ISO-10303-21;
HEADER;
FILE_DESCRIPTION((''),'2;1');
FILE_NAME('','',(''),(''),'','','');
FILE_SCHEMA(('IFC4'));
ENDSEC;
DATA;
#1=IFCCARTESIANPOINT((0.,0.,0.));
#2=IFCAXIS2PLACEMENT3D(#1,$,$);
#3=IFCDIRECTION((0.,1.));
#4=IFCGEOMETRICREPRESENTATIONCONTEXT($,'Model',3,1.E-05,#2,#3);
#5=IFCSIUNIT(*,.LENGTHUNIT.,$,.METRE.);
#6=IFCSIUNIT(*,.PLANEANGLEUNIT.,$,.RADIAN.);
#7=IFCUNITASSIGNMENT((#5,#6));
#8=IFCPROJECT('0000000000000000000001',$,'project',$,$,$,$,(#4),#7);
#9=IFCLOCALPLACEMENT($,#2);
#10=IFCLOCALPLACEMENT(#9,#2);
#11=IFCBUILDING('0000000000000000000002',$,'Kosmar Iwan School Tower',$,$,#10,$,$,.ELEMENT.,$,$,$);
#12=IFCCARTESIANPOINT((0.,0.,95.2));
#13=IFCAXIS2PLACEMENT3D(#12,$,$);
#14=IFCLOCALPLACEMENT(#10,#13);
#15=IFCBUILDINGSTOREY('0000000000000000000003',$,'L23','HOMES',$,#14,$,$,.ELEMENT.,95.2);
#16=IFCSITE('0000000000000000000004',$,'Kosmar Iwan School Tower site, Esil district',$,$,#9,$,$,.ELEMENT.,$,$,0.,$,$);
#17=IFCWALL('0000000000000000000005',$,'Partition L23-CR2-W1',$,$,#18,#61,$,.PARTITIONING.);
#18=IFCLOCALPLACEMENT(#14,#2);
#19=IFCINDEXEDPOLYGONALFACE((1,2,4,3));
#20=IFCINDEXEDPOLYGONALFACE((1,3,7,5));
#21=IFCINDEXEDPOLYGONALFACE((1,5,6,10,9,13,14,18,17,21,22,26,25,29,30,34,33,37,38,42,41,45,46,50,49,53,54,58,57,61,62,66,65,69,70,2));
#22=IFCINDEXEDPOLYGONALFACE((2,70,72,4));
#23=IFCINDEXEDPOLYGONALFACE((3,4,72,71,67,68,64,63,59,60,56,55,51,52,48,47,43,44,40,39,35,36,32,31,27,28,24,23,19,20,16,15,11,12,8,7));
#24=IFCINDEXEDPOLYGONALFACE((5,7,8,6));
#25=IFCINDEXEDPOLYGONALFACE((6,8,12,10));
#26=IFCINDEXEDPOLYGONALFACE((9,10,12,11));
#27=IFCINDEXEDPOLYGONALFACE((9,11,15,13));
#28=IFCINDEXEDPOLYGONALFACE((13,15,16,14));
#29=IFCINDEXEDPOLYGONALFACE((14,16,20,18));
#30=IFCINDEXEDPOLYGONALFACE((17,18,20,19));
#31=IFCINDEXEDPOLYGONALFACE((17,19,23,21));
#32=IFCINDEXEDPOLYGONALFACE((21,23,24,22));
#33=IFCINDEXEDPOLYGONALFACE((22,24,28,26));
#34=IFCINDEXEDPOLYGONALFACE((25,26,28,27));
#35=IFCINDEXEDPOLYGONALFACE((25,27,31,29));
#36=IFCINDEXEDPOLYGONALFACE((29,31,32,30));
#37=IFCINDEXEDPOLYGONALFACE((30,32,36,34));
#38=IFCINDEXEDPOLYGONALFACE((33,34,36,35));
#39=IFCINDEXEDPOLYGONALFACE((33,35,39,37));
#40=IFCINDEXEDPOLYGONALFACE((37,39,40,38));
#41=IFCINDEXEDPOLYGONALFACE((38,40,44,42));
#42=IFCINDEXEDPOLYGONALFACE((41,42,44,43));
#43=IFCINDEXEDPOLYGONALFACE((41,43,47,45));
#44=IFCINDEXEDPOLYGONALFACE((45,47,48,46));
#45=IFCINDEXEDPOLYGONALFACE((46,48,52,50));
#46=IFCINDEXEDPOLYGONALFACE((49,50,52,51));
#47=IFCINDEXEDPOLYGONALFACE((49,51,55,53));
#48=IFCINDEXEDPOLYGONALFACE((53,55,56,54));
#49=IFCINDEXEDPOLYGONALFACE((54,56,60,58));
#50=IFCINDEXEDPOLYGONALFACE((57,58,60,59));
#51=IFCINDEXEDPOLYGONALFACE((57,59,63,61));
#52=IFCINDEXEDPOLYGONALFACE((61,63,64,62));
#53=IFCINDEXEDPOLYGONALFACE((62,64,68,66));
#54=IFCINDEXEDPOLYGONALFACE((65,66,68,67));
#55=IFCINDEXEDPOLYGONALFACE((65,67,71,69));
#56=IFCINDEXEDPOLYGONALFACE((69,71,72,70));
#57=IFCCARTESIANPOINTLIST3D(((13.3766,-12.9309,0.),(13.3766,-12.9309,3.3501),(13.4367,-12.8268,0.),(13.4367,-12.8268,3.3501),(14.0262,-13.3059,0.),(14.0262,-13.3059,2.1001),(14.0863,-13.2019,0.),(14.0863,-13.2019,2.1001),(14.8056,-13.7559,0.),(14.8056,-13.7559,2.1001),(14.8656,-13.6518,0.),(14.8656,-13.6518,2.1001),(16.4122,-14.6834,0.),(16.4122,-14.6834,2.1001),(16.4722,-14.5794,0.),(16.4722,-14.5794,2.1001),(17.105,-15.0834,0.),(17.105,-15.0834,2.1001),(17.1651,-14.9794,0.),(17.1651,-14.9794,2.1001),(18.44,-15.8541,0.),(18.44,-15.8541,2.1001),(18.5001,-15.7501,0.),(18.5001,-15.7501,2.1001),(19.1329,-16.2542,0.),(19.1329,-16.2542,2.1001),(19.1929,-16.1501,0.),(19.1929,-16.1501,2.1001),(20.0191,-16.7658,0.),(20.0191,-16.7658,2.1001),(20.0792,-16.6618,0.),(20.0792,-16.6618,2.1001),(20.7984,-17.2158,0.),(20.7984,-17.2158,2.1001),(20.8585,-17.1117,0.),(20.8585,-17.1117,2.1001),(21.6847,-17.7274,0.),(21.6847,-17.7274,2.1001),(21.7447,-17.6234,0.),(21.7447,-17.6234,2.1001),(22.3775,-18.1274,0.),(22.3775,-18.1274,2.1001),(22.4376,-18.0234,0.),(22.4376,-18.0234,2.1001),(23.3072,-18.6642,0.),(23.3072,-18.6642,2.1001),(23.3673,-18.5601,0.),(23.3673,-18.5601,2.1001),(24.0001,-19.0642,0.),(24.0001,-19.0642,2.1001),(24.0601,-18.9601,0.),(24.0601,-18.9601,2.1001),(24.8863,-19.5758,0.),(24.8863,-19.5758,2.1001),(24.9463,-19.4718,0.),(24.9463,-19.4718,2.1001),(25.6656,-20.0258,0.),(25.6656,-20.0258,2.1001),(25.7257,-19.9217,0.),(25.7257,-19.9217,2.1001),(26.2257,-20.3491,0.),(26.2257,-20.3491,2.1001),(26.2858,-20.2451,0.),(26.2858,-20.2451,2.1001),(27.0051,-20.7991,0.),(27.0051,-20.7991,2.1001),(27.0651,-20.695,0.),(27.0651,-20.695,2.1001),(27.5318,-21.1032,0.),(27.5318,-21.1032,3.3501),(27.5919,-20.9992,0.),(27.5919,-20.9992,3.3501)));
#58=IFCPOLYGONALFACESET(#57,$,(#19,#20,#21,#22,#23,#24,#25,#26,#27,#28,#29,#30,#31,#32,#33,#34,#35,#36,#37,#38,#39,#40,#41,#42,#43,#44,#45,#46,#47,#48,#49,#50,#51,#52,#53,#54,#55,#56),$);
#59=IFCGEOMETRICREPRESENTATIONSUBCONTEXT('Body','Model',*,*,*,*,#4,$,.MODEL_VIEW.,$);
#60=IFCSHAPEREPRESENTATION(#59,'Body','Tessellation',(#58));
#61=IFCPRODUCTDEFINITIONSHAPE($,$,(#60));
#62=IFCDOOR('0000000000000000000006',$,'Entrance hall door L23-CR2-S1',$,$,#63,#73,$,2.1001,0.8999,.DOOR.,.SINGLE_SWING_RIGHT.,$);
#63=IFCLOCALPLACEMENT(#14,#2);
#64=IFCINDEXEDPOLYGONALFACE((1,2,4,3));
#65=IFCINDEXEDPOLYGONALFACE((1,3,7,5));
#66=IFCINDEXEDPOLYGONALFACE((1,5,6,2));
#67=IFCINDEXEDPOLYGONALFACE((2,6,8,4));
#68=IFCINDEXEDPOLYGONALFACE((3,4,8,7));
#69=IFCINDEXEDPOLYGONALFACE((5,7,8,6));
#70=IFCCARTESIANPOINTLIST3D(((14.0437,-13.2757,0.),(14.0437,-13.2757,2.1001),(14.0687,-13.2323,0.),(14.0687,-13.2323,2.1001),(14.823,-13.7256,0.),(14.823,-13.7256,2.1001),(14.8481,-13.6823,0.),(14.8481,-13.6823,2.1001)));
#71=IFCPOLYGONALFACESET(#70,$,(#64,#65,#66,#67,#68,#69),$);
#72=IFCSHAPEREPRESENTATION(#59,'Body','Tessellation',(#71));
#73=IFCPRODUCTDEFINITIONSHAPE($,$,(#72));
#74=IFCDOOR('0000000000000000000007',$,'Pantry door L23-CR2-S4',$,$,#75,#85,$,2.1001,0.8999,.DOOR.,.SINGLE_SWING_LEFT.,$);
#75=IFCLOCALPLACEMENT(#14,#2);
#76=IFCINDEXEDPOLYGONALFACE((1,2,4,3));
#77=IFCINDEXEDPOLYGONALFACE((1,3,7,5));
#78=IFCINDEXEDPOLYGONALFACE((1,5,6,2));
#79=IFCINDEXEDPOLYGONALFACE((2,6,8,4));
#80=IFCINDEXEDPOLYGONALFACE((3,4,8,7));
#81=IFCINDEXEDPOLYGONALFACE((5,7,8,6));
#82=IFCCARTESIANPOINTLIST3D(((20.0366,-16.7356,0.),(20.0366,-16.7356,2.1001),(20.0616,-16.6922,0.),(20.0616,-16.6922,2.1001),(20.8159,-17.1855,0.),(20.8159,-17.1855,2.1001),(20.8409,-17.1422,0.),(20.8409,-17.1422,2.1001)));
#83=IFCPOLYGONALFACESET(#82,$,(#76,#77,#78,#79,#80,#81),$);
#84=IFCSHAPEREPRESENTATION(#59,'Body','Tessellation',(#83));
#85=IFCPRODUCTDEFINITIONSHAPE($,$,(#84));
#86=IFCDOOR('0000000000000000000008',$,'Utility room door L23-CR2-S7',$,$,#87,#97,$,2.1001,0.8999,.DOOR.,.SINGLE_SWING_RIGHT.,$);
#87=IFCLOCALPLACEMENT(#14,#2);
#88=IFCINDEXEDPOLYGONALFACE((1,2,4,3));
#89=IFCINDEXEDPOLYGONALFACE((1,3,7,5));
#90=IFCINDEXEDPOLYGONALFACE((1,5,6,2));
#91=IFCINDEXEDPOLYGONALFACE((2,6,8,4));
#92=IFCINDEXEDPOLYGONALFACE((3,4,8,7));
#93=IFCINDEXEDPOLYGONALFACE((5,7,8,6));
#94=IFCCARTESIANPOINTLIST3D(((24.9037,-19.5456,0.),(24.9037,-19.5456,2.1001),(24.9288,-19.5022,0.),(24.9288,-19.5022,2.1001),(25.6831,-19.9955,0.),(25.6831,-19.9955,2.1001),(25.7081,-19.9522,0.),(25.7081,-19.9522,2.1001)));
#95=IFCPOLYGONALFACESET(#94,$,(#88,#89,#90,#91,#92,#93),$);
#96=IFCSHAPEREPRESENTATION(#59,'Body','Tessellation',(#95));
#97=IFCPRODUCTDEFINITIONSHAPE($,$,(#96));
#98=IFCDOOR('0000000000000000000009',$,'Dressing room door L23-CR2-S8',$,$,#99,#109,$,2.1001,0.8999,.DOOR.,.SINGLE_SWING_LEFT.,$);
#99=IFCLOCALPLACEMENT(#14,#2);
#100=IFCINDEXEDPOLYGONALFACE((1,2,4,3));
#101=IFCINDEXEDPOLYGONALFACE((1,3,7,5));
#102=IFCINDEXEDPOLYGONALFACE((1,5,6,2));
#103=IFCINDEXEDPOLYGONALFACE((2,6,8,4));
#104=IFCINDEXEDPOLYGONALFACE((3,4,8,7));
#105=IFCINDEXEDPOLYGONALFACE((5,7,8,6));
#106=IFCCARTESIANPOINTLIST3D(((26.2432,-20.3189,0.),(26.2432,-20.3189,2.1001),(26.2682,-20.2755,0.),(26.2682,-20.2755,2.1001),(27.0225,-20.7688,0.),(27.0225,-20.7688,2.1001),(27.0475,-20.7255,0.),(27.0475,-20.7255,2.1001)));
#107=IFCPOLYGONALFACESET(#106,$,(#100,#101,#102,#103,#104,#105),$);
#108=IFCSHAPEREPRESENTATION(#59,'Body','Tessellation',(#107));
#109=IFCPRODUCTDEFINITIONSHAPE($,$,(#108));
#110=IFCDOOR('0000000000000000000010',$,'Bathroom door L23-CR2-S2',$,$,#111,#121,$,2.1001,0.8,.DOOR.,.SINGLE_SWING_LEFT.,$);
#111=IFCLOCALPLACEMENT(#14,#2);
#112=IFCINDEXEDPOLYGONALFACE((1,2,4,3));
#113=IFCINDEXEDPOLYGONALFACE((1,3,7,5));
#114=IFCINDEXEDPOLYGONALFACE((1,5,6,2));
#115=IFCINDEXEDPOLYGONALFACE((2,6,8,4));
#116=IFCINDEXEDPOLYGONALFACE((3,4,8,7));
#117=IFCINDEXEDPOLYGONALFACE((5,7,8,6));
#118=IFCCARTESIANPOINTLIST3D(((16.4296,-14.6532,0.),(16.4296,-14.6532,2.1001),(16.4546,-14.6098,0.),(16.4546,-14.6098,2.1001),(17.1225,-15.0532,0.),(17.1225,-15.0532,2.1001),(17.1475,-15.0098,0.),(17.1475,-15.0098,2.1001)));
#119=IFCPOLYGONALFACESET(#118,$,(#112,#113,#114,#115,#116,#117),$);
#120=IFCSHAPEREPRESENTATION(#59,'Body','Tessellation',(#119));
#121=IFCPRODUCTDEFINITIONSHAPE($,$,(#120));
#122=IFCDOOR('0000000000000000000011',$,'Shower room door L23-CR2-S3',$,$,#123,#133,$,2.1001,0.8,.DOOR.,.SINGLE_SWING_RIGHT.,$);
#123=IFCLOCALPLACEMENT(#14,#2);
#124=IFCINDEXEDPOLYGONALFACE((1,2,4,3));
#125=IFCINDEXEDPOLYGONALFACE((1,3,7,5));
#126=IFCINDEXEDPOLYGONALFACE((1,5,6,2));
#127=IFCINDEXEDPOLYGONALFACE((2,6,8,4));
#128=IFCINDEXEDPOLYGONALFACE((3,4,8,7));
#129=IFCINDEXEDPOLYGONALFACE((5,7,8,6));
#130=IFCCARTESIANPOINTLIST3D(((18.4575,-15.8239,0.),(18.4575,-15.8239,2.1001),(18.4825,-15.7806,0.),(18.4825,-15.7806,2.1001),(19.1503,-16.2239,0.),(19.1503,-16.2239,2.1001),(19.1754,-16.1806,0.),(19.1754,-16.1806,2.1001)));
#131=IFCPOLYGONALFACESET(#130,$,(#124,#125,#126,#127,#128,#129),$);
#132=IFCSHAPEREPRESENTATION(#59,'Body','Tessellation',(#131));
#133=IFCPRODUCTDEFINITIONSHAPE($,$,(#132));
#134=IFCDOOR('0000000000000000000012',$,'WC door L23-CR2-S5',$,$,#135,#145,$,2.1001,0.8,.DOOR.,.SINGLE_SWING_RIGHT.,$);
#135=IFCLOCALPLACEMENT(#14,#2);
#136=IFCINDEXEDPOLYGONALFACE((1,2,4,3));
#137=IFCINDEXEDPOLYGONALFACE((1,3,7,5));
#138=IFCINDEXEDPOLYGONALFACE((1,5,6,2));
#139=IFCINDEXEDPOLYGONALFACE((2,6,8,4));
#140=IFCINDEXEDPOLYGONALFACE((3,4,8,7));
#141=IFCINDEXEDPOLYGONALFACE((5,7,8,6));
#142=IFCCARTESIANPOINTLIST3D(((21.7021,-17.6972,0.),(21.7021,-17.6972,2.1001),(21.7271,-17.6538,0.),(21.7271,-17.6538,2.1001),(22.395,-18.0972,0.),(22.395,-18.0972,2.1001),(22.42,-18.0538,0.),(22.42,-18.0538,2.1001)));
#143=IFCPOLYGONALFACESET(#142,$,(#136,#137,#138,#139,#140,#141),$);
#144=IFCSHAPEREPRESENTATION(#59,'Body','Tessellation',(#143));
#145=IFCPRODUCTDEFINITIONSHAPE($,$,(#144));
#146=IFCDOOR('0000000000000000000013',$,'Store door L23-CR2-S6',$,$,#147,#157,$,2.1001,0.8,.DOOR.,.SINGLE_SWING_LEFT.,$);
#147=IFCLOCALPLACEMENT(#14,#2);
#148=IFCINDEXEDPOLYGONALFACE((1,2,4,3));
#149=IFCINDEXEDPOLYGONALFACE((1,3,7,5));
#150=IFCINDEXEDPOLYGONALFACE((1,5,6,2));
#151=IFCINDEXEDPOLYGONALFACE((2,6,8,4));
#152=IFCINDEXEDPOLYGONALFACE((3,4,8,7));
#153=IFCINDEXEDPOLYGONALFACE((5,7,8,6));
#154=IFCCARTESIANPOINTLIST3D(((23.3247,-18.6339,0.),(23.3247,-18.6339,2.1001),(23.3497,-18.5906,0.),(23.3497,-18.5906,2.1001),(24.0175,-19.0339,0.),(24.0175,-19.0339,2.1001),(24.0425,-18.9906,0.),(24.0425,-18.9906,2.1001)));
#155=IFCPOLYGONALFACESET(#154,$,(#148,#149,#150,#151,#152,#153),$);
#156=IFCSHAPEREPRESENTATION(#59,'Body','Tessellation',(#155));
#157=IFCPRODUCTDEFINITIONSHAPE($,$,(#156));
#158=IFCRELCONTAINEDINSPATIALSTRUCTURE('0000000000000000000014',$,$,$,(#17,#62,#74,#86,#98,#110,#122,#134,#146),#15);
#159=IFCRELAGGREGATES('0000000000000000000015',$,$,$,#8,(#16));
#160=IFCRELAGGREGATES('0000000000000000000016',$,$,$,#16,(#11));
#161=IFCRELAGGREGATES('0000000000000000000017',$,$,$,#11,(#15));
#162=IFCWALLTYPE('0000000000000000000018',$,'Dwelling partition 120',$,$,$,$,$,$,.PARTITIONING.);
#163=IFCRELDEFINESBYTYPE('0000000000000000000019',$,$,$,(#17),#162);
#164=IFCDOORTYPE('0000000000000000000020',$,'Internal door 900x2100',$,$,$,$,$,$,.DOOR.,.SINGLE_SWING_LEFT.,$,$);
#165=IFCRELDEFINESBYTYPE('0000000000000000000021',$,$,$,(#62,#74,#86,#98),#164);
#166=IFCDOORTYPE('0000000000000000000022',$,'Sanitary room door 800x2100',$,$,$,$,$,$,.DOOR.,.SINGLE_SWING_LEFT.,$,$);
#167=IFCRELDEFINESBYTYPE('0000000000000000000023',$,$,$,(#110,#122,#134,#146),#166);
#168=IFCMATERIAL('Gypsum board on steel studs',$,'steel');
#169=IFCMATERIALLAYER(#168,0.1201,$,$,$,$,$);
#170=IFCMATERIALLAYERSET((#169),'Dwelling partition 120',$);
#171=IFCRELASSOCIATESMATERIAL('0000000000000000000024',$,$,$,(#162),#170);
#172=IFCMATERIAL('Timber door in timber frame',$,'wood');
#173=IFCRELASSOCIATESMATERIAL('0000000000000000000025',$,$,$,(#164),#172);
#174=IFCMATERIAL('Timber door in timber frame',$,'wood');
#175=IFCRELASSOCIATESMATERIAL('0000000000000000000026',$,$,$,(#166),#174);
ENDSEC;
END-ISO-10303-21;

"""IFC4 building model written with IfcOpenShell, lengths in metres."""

from ifc_helpers import new_model, si_unit, direction, frame, frame_2d, origin, place, context, subcontext, project, spatial, rectangle, extrude, material, layer, layer_set, type_object, element, fill, save


model = new_model("IFC4")

# Units and contexts
model_context = context("Model", 3, precision=1e-05, world=origin(), true_north=direction((0.0, 1.0)))
body_context = subcontext(model_context, "Body", "Model", "MODEL_VIEW")
ifc_project = project(units=[si_unit("LENGTHUNIT", "METRE"), si_unit("PLANEANGLEUNIT", "RADIAN")], contexts=[model_context])

# Site, building, storey
site_placement = place(None, origin())
site = spatial("IfcSite", under=ifc_project, at=site_placement, Name="Kosmar Iwan School Tower site, Esil district", CompositionType="ELEMENT", RefElevation=0.0)
building_placement = place(site_placement, origin())
building = spatial("IfcBuilding", under=site, at=building_placement, Name="Kosmar Iwan School Tower", CompositionType="ELEMENT")
storey_placement = place(building_placement, frame((0.0, 0.0, 95.2)))
storey = spatial("IfcBuildingStorey", under=building, at=storey_placement, Name="L23", Description="HOMES", CompositionType="ELEMENT", Elevation=95.2)

# Shared definitions
ifc_material_1 = material(Name="Gypsum board on steel studs", Category="steel")
ifc_layer = layer(ifc_material_1, 0.1201)
ifc_layer_set = layer_set([ifc_layer], Name="Dwelling partition 120")
wall_type = type_object("IfcWallType", Name="Dwelling partition 120", PredefinedType="PARTITIONING", material=ifc_layer_set)

# Wall, openings, doors
wall_1_placement = place(storey_placement, frame((13.4067, -12.8789, 0.0), z_axis=(0.0, 0.0, 1.0), x_axis=(0.86603, -0.499991, 0.0)))
wall_1 = element("IfcWall", 1, at=wall_1_placement, inside=storey, type_object=wall_type, Name="Partition L23-CR2-W1", PredefinedType="PARTITIONING", context=body_context, shape_type="SweptSolid", body=[
    extrude(rectangle(XDim=16.345, YDim=0.1201, at=frame_2d((8.1724, 0.0))), origin(), (0.0, 0.0, 1.0), 3.3501),
])
opening_1_placement = place(wall_1_placement, frame((0.75, 0.0, 0.0)))
opening_1 = element("IfcOpeningElement", 2, at=opening_1_placement, cuts=wall_1, PredefinedType="OPENING", context=body_context, shape_type="SweptSolid", body=[
    extrude(rectangle(XDim=0.8999, YDim=2.1001, at=frame_2d((0.45, 1.05))), frame((0.0, 0.072, 0.0), z_axis=(0.0, -1.0, 0.0), x_axis=(1.0, 0.0, 0.0)), (0.0, 0.0, 1.0), 0.144),
])
opening_2_placement = place(wall_1_placement, frame((3.5051, 0.0, 0.0)))
opening_2 = element("IfcOpeningElement", 3, at=opening_2_placement, cuts=wall_1, PredefinedType="OPENING", context=body_context, shape_type="SweptSolid", body=[
    extrude(rectangle(XDim=0.8, YDim=2.1001, at=frame_2d((0.3999, 1.05))), frame((0.0, 0.072, 0.0), z_axis=(0.0, -1.0, 0.0), x_axis=(1.0, 0.0, 0.0)), (0.0, 0.0, 1.0), 0.144),
])
opening_3_placement = place(wall_1_placement, frame((5.8467, 0.0, 0.0)))
opening_3 = element("IfcOpeningElement", 4, at=opening_3_placement, cuts=wall_1, PredefinedType="OPENING", context=body_context, shape_type="SweptSolid", body=[
    extrude(rectangle(XDim=0.8, YDim=2.1001, at=frame_2d((0.3999, 1.05))), frame((0.0, 0.072, 0.0), z_axis=(0.0, -1.0, 0.0), x_axis=(1.0, 0.0, 0.0)), (0.0, 0.0, 1.0), 0.144),
])
opening_4_placement = place(wall_1_placement, frame((7.6699, 0.0, 0.0)))
opening_4 = element("IfcOpeningElement", 5, at=opening_4_placement, cuts=wall_1, PredefinedType="OPENING", context=body_context, shape_type="SweptSolid", body=[
    extrude(rectangle(XDim=0.8999, YDim=2.1001, at=frame_2d((0.45, 1.05))), frame((0.0, 0.072, 0.0), z_axis=(0.0, -1.0, 0.0), x_axis=(1.0, 0.0, 0.0)), (0.0, 0.0, 1.0), 0.144),
])
opening_5_placement = place(wall_1_placement, frame((9.5933, 0.0, 0.0)))
opening_5 = element("IfcOpeningElement", 6, at=opening_5_placement, cuts=wall_1, PredefinedType="OPENING", context=body_context, shape_type="SweptSolid", body=[
    extrude(rectangle(XDim=0.8, YDim=2.1001, at=frame_2d((0.3999, 1.05))), frame((0.0, 0.072, 0.0), z_axis=(0.0, -1.0, 0.0), x_axis=(1.0, 0.0, 0.0)), (0.0, 0.0, 1.0), 0.144),
])
opening_6_placement = place(wall_1_placement, frame((11.4668, 0.0, 0.0)))
opening_6 = element("IfcOpeningElement", 7, at=opening_6_placement, cuts=wall_1, PredefinedType="OPENING", context=body_context, shape_type="SweptSolid", body=[
    extrude(rectangle(XDim=0.8, YDim=2.1001, at=frame_2d((0.3999, 1.05))), frame((0.0, 0.072, 0.0), z_axis=(0.0, -1.0, 0.0), x_axis=(1.0, 0.0, 0.0)), (0.0, 0.0, 1.0), 0.144),
])
opening_7_placement = place(wall_1_placement, frame((13.29, 0.0, 0.0)))
opening_7 = element("IfcOpeningElement", 8, at=opening_7_placement, cuts=wall_1, PredefinedType="OPENING", context=body_context, shape_type="SweptSolid", body=[
    extrude(rectangle(XDim=0.8999, YDim=2.1001, at=frame_2d((0.45, 1.05))), frame((0.0, 0.072, 0.0), z_axis=(0.0, -1.0, 0.0), x_axis=(1.0, 0.0, 0.0)), (0.0, 0.0, 1.0), 0.144),
])
opening_8_placement = place(wall_1_placement, frame((14.8367, 0.0, 0.0)))
opening_8 = element("IfcOpeningElement", 9, at=opening_8_placement, cuts=wall_1, PredefinedType="OPENING", context=body_context, shape_type="SweptSolid", body=[
    extrude(rectangle(XDim=0.8999, YDim=2.1001, at=frame_2d((0.45, 1.05))), frame((0.0, 0.072, 0.0), z_axis=(0.0, -1.0, 0.0), x_axis=(1.0, 0.0, 0.0)), (0.0, 0.0, 1.0), 0.144),
])
ifc_material_2 = material(Name="Timber door in timber frame", Category="wood")
door_type_1 = type_object("IfcDoorType", Name="Internal door 900x2100", OperationType="SINGLE_SWING_LEFT", PredefinedType="DOOR", material=ifc_material_2)
door_1_placement = place(opening_1_placement, origin())
door_1 = element("IfcDoor", 10, at=door_1_placement, inside=storey, type_object=door_type_1, Name="Entrance hall door L23-CR2-S1", OperationType="SINGLE_SWING_RIGHT", OverallHeight=2.1001, OverallWidth=0.8999, PredefinedType="DOOR", context=body_context, shape_type="SweptSolid", body=[
    extrude(rectangle(XDim=0.8999, YDim=2.1001, at=frame_2d((0.45, 1.05))), frame((0.0, 0.0249, 0.0), z_axis=(0.0, -1.0, 0.0), x_axis=(1.0, 0.0, 0.0)), (0.0, 0.0, 1.0), 0.05),
])
fill(opening_1, door_1)
door_2_placement = place(opening_4_placement, origin())
door_2 = element("IfcDoor", 11, at=door_2_placement, inside=storey, type_object=door_type_1, Name="Pantry door L23-CR2-S4", OperationType="SINGLE_SWING_LEFT", OverallHeight=2.1001, OverallWidth=0.8999, PredefinedType="DOOR", context=body_context, shape_type="SweptSolid", body=[
    extrude(rectangle(XDim=0.8999, YDim=2.1001, at=frame_2d((0.45, 1.05))), frame((0.0, 0.0249, 0.0), z_axis=(0.0, -1.0, 0.0), x_axis=(1.0, 0.0, 0.0)), (0.0, 0.0, 1.0), 0.05),
])
fill(opening_4, door_2)
door_3_placement = place(opening_7_placement, origin())
door_3 = element("IfcDoor", 12, at=door_3_placement, inside=storey, type_object=door_type_1, Name="Utility room door L23-CR2-S7", OperationType="SINGLE_SWING_RIGHT", OverallHeight=2.1001, OverallWidth=0.8999, PredefinedType="DOOR", context=body_context, shape_type="SweptSolid", body=[
    extrude(rectangle(XDim=0.8999, YDim=2.1001, at=frame_2d((0.45, 1.05))), frame((0.0, 0.0249, 0.0), z_axis=(0.0, -1.0, 0.0), x_axis=(1.0, 0.0, 0.0)), (0.0, 0.0, 1.0), 0.05),
])
fill(opening_7, door_3)
door_4_placement = place(opening_8_placement, origin())
door_4 = element("IfcDoor", 13, at=door_4_placement, inside=storey, type_object=door_type_1, Name="Dressing room door L23-CR2-S8", OperationType="SINGLE_SWING_LEFT", OverallHeight=2.1001, OverallWidth=0.8999, PredefinedType="DOOR", context=body_context, shape_type="SweptSolid", body=[
    extrude(rectangle(XDim=0.8999, YDim=2.1001, at=frame_2d((0.45, 1.05))), frame((0.0, 0.0249, 0.0), z_axis=(0.0, -1.0, 0.0), x_axis=(1.0, 0.0, 0.0)), (0.0, 0.0, 1.0), 0.05),
])
fill(opening_8, door_4)
ifc_material_3 = material(Name="Timber door in timber frame", Category="wood")
door_type_2 = type_object("IfcDoorType", Name="Sanitary room door 800x2100", OperationType="SINGLE_SWING_LEFT", PredefinedType="DOOR", material=ifc_material_3)
door_5_placement = place(opening_2_placement, origin())
door_5 = element("IfcDoor", 14, at=door_5_placement, inside=storey, type_object=door_type_2, Name="Bathroom door L23-CR2-S2", OperationType="SINGLE_SWING_LEFT", OverallHeight=2.1001, OverallWidth=0.8, PredefinedType="DOOR", context=body_context, shape_type="SweptSolid", body=[
    extrude(rectangle(XDim=0.8, YDim=2.1001, at=frame_2d((0.3999, 1.05))), frame((0.0, 0.0249, 0.0), z_axis=(0.0, -1.0, 0.0), x_axis=(1.0, 0.0, 0.0)), (0.0, 0.0, 1.0), 0.05),
])
fill(opening_2, door_5)
door_6_placement = place(opening_3_placement, origin())
door_6 = element("IfcDoor", 15, at=door_6_placement, inside=storey, type_object=door_type_2, Name="Shower room door L23-CR2-S3", OperationType="SINGLE_SWING_RIGHT", OverallHeight=2.1001, OverallWidth=0.8, PredefinedType="DOOR", context=body_context, shape_type="SweptSolid", body=[
    extrude(rectangle(XDim=0.8, YDim=2.1001, at=frame_2d((0.3999, 1.05))), frame((0.0, 0.0249, 0.0), z_axis=(0.0, -1.0, 0.0), x_axis=(1.0, 0.0, 0.0)), (0.0, 0.0, 1.0), 0.05),
])
fill(opening_3, door_6)
door_7_placement = place(opening_5_placement, origin())
door_7 = element("IfcDoor", 16, at=door_7_placement, inside=storey, type_object=door_type_2, Name="WC door L23-CR2-S5", OperationType="SINGLE_SWING_RIGHT", OverallHeight=2.1001, OverallWidth=0.8, PredefinedType="DOOR", context=body_context, shape_type="SweptSolid", body=[
    extrude(rectangle(XDim=0.8, YDim=2.1001, at=frame_2d((0.3999, 1.05))), frame((0.0, 0.0249, 0.0), z_axis=(0.0, -1.0, 0.0), x_axis=(1.0, 0.0, 0.0)), (0.0, 0.0, 1.0), 0.05),
])
fill(opening_5, door_7)
door_8_placement = place(opening_6_placement, origin())
door_8 = element("IfcDoor", 17, at=door_8_placement, inside=storey, type_object=door_type_2, Name="Store door L23-CR2-S6", OperationType="SINGLE_SWING_LEFT", OverallHeight=2.1001, OverallWidth=0.8, PredefinedType="DOOR", context=body_context, shape_type="SweptSolid", body=[
    extrude(rectangle(XDim=0.8, YDim=2.1001, at=frame_2d((0.3999, 1.05))), frame((0.0, 0.0249, 0.0), z_axis=(0.0, -1.0, 0.0), x_axis=(1.0, 0.0, 0.0)), (0.0, 0.0, 1.0), 0.05),
])
fill(opening_6, door_8)

save(model, "model.ifc")
